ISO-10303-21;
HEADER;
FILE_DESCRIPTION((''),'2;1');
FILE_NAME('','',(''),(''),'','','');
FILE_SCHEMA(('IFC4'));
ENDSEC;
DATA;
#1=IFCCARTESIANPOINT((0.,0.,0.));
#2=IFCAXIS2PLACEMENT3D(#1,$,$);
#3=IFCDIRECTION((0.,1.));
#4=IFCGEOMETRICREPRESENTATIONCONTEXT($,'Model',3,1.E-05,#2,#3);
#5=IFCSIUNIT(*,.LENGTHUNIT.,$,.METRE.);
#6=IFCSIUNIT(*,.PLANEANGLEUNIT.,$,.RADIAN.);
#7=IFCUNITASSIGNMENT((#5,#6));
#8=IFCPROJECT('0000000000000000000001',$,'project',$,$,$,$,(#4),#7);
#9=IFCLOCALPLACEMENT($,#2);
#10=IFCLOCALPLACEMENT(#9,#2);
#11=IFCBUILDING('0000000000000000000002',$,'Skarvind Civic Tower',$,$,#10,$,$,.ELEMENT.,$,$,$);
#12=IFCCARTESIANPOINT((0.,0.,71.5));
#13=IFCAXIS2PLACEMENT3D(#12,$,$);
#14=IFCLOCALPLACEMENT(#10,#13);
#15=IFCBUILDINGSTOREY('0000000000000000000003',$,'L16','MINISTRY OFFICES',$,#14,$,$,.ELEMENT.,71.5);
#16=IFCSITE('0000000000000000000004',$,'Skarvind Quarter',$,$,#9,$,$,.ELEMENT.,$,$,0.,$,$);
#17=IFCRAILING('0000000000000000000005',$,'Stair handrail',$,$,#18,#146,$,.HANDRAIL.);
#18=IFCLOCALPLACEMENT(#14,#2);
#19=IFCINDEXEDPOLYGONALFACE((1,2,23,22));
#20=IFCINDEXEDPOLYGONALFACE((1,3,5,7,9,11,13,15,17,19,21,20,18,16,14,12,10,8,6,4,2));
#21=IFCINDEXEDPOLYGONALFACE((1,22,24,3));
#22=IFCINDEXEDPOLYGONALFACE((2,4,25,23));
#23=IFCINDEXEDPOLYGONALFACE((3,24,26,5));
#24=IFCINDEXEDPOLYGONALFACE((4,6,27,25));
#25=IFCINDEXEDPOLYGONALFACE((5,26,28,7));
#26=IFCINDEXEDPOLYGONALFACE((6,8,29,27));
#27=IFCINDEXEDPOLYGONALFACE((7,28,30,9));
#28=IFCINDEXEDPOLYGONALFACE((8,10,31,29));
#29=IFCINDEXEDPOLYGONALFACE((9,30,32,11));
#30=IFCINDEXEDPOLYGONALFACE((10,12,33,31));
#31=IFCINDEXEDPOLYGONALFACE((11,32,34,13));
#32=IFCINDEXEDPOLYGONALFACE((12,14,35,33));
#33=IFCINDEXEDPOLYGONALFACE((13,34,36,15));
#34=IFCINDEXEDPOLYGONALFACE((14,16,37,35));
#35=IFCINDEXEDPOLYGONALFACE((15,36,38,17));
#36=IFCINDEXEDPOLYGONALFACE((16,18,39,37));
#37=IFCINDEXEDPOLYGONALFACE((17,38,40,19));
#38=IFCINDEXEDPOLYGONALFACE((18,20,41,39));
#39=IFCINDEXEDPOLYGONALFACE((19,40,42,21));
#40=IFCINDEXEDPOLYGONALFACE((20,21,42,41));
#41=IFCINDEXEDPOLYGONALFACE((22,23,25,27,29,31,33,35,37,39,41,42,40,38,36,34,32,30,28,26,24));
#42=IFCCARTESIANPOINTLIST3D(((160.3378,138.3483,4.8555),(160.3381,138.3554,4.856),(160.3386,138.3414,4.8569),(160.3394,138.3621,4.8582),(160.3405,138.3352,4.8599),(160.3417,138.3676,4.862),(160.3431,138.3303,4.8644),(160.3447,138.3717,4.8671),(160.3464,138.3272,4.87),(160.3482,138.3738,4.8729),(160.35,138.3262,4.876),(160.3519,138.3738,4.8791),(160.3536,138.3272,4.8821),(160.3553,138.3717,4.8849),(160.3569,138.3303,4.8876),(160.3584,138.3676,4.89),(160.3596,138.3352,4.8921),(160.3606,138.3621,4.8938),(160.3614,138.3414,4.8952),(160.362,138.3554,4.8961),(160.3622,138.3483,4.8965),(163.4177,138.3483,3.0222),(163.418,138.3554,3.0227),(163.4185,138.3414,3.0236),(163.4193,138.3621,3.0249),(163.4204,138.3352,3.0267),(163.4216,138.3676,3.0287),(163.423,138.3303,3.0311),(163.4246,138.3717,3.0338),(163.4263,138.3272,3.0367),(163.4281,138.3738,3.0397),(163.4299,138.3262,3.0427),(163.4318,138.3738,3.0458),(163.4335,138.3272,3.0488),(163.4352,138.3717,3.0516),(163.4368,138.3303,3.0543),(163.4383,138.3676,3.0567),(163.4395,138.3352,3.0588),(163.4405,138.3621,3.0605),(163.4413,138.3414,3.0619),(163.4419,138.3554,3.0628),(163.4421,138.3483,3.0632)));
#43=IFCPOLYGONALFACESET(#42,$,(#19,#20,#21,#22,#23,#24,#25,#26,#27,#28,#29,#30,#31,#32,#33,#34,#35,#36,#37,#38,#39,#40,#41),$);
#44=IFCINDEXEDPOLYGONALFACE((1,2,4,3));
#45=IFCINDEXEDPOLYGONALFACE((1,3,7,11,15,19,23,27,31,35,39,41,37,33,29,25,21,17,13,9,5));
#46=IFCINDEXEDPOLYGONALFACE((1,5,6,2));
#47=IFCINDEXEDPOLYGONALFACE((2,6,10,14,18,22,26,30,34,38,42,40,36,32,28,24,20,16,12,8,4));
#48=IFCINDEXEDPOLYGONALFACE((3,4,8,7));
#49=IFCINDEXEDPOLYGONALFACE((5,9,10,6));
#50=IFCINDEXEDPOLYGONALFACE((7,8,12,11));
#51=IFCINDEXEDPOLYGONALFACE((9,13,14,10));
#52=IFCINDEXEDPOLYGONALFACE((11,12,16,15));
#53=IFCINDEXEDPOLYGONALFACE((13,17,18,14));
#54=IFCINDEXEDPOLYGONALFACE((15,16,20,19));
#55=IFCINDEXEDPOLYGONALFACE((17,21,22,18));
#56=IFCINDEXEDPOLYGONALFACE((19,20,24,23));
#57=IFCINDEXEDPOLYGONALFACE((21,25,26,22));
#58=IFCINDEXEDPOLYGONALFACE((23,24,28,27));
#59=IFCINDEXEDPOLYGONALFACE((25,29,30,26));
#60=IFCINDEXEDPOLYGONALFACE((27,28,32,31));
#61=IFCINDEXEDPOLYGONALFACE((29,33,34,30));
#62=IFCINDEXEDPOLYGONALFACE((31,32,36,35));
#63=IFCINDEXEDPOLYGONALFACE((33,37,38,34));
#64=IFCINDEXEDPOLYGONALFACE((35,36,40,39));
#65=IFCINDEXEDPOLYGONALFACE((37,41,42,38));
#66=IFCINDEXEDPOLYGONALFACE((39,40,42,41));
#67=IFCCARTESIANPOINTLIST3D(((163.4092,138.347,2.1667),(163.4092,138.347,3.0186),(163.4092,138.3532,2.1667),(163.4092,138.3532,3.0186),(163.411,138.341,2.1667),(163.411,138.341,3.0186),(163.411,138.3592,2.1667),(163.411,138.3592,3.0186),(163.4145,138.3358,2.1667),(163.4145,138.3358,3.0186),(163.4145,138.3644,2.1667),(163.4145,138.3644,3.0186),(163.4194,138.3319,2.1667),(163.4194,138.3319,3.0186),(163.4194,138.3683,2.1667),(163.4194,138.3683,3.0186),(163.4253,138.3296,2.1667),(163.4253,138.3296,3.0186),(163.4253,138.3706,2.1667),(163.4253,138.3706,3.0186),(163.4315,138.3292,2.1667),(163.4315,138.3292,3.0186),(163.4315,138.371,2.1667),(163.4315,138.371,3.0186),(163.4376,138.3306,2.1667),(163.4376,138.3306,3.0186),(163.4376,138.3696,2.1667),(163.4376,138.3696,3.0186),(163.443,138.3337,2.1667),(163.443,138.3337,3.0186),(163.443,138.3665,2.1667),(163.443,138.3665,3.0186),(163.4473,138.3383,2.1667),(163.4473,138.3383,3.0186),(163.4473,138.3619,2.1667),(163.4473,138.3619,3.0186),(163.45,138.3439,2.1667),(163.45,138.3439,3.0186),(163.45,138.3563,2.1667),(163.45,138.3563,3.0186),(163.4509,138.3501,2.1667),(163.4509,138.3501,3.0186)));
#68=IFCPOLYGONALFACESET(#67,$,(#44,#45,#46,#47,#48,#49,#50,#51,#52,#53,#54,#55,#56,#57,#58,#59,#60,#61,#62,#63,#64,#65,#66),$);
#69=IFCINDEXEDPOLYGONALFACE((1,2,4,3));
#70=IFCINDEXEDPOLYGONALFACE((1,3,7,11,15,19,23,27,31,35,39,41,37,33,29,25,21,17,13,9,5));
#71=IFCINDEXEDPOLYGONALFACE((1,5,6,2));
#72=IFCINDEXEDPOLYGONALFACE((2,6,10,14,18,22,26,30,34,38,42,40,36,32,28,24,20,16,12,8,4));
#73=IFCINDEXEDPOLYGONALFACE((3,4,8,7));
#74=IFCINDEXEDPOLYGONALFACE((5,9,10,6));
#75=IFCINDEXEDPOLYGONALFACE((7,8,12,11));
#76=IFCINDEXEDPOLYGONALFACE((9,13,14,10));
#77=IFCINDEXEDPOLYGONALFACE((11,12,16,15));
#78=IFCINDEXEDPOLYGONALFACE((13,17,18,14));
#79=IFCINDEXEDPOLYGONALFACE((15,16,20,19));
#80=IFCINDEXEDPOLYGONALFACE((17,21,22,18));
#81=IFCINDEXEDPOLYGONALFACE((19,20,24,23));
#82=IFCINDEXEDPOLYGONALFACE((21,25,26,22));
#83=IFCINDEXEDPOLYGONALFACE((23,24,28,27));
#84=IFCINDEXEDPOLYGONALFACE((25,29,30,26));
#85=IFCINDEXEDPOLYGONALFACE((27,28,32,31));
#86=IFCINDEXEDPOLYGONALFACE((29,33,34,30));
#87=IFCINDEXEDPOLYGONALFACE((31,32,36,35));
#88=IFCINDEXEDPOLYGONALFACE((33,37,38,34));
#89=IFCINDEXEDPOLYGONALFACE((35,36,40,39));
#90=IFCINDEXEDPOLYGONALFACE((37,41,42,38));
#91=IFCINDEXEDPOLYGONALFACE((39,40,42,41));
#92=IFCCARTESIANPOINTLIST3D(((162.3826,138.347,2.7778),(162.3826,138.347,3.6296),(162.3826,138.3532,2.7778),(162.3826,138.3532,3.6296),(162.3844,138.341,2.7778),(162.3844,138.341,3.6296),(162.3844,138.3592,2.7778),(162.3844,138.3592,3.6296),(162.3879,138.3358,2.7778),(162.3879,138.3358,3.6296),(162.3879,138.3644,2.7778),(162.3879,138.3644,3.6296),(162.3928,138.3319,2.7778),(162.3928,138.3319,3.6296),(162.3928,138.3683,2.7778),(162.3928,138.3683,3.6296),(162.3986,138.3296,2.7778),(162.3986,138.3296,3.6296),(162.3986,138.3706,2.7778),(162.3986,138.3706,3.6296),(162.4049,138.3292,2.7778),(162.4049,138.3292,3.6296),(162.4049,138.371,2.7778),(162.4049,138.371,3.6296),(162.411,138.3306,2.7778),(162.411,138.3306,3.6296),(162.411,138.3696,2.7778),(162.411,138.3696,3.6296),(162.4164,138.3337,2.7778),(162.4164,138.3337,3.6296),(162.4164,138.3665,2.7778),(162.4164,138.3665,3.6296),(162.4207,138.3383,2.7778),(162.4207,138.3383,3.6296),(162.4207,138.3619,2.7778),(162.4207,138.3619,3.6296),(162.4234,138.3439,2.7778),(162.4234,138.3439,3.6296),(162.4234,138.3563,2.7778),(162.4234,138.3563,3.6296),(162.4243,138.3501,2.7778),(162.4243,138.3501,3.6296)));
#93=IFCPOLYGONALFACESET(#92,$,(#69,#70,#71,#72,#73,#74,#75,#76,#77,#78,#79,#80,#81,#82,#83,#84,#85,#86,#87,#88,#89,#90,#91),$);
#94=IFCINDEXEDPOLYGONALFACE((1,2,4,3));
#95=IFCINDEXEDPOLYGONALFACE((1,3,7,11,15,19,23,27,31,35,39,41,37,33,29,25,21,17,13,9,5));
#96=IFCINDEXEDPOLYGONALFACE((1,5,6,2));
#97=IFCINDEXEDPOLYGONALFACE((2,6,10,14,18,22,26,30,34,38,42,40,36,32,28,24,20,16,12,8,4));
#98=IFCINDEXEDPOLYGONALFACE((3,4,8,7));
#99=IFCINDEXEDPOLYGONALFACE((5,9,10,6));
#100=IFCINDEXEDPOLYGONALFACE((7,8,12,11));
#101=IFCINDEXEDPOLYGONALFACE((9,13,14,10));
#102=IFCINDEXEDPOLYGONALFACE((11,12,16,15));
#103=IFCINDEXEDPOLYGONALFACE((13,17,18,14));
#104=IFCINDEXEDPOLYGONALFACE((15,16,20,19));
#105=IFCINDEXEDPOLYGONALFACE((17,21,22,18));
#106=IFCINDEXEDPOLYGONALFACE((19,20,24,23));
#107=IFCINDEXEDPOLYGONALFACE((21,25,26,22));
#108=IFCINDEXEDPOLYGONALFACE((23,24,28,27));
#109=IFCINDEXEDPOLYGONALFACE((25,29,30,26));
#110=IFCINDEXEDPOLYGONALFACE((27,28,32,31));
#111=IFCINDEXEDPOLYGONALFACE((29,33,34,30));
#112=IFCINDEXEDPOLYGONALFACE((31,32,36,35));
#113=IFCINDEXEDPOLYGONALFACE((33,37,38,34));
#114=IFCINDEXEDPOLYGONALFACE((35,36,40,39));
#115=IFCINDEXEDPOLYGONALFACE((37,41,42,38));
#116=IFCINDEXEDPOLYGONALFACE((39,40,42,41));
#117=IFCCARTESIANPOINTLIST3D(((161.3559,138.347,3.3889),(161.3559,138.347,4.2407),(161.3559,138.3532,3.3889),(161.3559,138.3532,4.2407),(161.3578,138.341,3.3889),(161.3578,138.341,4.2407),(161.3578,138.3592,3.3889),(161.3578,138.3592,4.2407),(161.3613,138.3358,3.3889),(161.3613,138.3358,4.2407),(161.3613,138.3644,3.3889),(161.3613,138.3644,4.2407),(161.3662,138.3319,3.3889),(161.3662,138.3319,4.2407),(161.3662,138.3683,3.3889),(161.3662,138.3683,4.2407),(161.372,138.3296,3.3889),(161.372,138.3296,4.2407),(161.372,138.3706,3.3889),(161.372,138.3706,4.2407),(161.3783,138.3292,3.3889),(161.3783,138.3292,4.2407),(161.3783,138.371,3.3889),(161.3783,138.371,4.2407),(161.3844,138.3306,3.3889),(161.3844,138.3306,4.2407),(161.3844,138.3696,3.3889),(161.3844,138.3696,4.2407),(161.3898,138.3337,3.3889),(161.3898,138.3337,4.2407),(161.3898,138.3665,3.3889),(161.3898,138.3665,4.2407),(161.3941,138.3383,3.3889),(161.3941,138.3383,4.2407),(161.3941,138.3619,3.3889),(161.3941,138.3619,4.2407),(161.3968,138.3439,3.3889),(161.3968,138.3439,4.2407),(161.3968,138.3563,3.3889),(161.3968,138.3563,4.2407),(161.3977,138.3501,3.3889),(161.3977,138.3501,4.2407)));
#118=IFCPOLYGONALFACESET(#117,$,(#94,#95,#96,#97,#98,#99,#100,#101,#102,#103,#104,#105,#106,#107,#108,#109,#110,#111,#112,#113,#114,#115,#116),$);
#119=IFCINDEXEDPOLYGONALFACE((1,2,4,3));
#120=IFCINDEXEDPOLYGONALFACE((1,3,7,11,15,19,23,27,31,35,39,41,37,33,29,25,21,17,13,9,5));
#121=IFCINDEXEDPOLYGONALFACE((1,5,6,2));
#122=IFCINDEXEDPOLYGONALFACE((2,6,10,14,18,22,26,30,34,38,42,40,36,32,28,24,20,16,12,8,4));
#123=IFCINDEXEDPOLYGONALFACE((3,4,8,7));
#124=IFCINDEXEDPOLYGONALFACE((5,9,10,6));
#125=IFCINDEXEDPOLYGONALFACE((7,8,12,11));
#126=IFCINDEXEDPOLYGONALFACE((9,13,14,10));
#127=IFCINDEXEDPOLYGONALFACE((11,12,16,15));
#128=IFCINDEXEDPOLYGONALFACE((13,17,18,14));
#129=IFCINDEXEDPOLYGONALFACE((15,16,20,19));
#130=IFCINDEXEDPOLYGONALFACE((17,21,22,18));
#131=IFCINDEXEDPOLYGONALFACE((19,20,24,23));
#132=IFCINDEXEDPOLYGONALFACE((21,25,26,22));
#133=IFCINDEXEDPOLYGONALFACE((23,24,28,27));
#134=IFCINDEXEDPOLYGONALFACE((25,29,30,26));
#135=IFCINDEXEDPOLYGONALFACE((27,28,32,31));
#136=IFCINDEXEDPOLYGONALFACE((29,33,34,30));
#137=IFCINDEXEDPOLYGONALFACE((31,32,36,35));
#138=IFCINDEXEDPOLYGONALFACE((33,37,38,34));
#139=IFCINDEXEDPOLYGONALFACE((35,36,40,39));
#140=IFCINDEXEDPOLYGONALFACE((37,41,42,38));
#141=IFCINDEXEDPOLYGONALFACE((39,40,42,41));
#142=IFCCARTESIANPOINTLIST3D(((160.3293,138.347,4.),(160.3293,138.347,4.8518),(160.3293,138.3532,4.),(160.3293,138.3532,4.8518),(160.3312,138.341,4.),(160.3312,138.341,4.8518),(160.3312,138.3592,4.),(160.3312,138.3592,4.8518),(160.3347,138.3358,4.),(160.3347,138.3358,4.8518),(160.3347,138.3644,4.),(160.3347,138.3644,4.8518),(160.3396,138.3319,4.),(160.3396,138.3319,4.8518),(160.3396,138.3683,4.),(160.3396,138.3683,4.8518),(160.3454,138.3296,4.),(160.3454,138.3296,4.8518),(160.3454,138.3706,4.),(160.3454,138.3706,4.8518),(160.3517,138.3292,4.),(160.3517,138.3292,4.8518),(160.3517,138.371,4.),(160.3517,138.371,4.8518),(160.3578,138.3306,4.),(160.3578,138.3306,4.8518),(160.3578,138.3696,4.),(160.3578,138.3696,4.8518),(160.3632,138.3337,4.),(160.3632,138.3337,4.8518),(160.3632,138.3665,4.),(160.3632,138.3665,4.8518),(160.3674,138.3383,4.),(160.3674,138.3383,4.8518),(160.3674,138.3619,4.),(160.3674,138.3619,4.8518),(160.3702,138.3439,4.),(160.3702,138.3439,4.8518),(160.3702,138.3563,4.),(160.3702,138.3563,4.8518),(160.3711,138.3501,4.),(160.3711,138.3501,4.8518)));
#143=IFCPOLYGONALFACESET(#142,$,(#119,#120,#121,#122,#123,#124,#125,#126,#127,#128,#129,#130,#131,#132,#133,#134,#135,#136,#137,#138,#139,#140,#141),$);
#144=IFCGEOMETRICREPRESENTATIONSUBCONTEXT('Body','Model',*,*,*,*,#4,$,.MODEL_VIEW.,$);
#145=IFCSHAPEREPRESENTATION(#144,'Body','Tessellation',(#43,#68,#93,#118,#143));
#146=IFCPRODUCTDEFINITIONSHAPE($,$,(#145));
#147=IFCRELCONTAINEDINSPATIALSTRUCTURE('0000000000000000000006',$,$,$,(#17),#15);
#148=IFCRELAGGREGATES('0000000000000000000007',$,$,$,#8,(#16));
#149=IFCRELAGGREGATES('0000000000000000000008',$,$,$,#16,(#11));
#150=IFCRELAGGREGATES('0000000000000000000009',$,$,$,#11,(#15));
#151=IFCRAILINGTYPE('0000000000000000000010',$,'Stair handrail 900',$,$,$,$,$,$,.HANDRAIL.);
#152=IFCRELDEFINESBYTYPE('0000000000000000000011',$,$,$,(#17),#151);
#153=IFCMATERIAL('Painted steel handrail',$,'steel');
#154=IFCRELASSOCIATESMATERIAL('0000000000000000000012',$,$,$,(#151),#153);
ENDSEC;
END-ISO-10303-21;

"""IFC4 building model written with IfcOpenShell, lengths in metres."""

from ifc_helpers import new_model, si_unit, direction, frame, origin, origin_2d, place, context, subcontext, project, spatial, circle, extrude, material, type_object, element, save


model = new_model("IFC4")

# Units and contexts
model_context = context("Model", 3, precision=1e-05, world=origin(), true_north=direction((0.0, 1.0)))
body_context = subcontext(model_context, "Body", "Model", "MODEL_VIEW")
ifc_project = project(units=[si_unit("LENGTHUNIT", "METRE"), si_unit("PLANEANGLEUNIT", "RADIAN")], contexts=[model_context])

# Site, building, storey
site_placement = place(None, origin())
site = spatial("IfcSite", under=ifc_project, at=site_placement, Name="Skarvind Quarter", CompositionType="ELEMENT", RefElevation=0.0)
building_placement = place(site_placement, origin())
building = spatial("IfcBuilding", under=site, at=building_placement, Name="Skarvind Civic Tower", CompositionType="ELEMENT")
storey_placement = place(building_placement, frame((0.0, 0.0, 71.5)))
storey = spatial("IfcBuildingStorey", under=building, at=storey_placement, Name="L16", Description="MINISTRY OFFICES", CompositionType="ELEMENT", Elevation=71.5)

# Railing
ifc_material_1 = material(Name="Painted steel handrail", Category="steel")
railing_type = type_object("IfcRailingType", Name="Stair handrail 900", PredefinedType="HANDRAIL", material=ifc_material_1)
railing_1_placement = place(storey_placement, frame((163.4299, 138.3501, 2.1667)))
element("IfcRailing", 1, at=railing_1_placement, inside=storey, type_object=railing_type, Name="Stair handrail", PredefinedType="HANDRAIL", context=body_context, shape_type="SweptSolid", body=[
    extrude(circle(Radius=0.0239, at=origin_2d()), frame((0.0, 0.0, 0.876), z_axis=(-0.859291, 0.0, 0.511487), x_axis=(0.0, -1.0, 0.0)), (0.0, 0.0, 1.0), 3.5842),
    extrude(circle(Radius=0.021, at=origin_2d()), origin(), (0.0, 0.0, 1.0), 0.8518),
    extrude(circle(Radius=0.021, at=origin_2d()), frame((-1.0266, 0.0, 0.6111)), (0.0, 0.0, 1.0), 0.8518),
    extrude(circle(Radius=0.021, at=origin_2d()), frame((-2.0532, 0.0, 1.2222)), (0.0, 0.0, 1.0), 0.8518),
    extrude(circle(Radius=0.021, at=origin_2d()), frame((-3.0798, 0.0, 1.8333)), (0.0, 0.0, 1.0), 0.8518),
])

save(model, "model.ifc")
